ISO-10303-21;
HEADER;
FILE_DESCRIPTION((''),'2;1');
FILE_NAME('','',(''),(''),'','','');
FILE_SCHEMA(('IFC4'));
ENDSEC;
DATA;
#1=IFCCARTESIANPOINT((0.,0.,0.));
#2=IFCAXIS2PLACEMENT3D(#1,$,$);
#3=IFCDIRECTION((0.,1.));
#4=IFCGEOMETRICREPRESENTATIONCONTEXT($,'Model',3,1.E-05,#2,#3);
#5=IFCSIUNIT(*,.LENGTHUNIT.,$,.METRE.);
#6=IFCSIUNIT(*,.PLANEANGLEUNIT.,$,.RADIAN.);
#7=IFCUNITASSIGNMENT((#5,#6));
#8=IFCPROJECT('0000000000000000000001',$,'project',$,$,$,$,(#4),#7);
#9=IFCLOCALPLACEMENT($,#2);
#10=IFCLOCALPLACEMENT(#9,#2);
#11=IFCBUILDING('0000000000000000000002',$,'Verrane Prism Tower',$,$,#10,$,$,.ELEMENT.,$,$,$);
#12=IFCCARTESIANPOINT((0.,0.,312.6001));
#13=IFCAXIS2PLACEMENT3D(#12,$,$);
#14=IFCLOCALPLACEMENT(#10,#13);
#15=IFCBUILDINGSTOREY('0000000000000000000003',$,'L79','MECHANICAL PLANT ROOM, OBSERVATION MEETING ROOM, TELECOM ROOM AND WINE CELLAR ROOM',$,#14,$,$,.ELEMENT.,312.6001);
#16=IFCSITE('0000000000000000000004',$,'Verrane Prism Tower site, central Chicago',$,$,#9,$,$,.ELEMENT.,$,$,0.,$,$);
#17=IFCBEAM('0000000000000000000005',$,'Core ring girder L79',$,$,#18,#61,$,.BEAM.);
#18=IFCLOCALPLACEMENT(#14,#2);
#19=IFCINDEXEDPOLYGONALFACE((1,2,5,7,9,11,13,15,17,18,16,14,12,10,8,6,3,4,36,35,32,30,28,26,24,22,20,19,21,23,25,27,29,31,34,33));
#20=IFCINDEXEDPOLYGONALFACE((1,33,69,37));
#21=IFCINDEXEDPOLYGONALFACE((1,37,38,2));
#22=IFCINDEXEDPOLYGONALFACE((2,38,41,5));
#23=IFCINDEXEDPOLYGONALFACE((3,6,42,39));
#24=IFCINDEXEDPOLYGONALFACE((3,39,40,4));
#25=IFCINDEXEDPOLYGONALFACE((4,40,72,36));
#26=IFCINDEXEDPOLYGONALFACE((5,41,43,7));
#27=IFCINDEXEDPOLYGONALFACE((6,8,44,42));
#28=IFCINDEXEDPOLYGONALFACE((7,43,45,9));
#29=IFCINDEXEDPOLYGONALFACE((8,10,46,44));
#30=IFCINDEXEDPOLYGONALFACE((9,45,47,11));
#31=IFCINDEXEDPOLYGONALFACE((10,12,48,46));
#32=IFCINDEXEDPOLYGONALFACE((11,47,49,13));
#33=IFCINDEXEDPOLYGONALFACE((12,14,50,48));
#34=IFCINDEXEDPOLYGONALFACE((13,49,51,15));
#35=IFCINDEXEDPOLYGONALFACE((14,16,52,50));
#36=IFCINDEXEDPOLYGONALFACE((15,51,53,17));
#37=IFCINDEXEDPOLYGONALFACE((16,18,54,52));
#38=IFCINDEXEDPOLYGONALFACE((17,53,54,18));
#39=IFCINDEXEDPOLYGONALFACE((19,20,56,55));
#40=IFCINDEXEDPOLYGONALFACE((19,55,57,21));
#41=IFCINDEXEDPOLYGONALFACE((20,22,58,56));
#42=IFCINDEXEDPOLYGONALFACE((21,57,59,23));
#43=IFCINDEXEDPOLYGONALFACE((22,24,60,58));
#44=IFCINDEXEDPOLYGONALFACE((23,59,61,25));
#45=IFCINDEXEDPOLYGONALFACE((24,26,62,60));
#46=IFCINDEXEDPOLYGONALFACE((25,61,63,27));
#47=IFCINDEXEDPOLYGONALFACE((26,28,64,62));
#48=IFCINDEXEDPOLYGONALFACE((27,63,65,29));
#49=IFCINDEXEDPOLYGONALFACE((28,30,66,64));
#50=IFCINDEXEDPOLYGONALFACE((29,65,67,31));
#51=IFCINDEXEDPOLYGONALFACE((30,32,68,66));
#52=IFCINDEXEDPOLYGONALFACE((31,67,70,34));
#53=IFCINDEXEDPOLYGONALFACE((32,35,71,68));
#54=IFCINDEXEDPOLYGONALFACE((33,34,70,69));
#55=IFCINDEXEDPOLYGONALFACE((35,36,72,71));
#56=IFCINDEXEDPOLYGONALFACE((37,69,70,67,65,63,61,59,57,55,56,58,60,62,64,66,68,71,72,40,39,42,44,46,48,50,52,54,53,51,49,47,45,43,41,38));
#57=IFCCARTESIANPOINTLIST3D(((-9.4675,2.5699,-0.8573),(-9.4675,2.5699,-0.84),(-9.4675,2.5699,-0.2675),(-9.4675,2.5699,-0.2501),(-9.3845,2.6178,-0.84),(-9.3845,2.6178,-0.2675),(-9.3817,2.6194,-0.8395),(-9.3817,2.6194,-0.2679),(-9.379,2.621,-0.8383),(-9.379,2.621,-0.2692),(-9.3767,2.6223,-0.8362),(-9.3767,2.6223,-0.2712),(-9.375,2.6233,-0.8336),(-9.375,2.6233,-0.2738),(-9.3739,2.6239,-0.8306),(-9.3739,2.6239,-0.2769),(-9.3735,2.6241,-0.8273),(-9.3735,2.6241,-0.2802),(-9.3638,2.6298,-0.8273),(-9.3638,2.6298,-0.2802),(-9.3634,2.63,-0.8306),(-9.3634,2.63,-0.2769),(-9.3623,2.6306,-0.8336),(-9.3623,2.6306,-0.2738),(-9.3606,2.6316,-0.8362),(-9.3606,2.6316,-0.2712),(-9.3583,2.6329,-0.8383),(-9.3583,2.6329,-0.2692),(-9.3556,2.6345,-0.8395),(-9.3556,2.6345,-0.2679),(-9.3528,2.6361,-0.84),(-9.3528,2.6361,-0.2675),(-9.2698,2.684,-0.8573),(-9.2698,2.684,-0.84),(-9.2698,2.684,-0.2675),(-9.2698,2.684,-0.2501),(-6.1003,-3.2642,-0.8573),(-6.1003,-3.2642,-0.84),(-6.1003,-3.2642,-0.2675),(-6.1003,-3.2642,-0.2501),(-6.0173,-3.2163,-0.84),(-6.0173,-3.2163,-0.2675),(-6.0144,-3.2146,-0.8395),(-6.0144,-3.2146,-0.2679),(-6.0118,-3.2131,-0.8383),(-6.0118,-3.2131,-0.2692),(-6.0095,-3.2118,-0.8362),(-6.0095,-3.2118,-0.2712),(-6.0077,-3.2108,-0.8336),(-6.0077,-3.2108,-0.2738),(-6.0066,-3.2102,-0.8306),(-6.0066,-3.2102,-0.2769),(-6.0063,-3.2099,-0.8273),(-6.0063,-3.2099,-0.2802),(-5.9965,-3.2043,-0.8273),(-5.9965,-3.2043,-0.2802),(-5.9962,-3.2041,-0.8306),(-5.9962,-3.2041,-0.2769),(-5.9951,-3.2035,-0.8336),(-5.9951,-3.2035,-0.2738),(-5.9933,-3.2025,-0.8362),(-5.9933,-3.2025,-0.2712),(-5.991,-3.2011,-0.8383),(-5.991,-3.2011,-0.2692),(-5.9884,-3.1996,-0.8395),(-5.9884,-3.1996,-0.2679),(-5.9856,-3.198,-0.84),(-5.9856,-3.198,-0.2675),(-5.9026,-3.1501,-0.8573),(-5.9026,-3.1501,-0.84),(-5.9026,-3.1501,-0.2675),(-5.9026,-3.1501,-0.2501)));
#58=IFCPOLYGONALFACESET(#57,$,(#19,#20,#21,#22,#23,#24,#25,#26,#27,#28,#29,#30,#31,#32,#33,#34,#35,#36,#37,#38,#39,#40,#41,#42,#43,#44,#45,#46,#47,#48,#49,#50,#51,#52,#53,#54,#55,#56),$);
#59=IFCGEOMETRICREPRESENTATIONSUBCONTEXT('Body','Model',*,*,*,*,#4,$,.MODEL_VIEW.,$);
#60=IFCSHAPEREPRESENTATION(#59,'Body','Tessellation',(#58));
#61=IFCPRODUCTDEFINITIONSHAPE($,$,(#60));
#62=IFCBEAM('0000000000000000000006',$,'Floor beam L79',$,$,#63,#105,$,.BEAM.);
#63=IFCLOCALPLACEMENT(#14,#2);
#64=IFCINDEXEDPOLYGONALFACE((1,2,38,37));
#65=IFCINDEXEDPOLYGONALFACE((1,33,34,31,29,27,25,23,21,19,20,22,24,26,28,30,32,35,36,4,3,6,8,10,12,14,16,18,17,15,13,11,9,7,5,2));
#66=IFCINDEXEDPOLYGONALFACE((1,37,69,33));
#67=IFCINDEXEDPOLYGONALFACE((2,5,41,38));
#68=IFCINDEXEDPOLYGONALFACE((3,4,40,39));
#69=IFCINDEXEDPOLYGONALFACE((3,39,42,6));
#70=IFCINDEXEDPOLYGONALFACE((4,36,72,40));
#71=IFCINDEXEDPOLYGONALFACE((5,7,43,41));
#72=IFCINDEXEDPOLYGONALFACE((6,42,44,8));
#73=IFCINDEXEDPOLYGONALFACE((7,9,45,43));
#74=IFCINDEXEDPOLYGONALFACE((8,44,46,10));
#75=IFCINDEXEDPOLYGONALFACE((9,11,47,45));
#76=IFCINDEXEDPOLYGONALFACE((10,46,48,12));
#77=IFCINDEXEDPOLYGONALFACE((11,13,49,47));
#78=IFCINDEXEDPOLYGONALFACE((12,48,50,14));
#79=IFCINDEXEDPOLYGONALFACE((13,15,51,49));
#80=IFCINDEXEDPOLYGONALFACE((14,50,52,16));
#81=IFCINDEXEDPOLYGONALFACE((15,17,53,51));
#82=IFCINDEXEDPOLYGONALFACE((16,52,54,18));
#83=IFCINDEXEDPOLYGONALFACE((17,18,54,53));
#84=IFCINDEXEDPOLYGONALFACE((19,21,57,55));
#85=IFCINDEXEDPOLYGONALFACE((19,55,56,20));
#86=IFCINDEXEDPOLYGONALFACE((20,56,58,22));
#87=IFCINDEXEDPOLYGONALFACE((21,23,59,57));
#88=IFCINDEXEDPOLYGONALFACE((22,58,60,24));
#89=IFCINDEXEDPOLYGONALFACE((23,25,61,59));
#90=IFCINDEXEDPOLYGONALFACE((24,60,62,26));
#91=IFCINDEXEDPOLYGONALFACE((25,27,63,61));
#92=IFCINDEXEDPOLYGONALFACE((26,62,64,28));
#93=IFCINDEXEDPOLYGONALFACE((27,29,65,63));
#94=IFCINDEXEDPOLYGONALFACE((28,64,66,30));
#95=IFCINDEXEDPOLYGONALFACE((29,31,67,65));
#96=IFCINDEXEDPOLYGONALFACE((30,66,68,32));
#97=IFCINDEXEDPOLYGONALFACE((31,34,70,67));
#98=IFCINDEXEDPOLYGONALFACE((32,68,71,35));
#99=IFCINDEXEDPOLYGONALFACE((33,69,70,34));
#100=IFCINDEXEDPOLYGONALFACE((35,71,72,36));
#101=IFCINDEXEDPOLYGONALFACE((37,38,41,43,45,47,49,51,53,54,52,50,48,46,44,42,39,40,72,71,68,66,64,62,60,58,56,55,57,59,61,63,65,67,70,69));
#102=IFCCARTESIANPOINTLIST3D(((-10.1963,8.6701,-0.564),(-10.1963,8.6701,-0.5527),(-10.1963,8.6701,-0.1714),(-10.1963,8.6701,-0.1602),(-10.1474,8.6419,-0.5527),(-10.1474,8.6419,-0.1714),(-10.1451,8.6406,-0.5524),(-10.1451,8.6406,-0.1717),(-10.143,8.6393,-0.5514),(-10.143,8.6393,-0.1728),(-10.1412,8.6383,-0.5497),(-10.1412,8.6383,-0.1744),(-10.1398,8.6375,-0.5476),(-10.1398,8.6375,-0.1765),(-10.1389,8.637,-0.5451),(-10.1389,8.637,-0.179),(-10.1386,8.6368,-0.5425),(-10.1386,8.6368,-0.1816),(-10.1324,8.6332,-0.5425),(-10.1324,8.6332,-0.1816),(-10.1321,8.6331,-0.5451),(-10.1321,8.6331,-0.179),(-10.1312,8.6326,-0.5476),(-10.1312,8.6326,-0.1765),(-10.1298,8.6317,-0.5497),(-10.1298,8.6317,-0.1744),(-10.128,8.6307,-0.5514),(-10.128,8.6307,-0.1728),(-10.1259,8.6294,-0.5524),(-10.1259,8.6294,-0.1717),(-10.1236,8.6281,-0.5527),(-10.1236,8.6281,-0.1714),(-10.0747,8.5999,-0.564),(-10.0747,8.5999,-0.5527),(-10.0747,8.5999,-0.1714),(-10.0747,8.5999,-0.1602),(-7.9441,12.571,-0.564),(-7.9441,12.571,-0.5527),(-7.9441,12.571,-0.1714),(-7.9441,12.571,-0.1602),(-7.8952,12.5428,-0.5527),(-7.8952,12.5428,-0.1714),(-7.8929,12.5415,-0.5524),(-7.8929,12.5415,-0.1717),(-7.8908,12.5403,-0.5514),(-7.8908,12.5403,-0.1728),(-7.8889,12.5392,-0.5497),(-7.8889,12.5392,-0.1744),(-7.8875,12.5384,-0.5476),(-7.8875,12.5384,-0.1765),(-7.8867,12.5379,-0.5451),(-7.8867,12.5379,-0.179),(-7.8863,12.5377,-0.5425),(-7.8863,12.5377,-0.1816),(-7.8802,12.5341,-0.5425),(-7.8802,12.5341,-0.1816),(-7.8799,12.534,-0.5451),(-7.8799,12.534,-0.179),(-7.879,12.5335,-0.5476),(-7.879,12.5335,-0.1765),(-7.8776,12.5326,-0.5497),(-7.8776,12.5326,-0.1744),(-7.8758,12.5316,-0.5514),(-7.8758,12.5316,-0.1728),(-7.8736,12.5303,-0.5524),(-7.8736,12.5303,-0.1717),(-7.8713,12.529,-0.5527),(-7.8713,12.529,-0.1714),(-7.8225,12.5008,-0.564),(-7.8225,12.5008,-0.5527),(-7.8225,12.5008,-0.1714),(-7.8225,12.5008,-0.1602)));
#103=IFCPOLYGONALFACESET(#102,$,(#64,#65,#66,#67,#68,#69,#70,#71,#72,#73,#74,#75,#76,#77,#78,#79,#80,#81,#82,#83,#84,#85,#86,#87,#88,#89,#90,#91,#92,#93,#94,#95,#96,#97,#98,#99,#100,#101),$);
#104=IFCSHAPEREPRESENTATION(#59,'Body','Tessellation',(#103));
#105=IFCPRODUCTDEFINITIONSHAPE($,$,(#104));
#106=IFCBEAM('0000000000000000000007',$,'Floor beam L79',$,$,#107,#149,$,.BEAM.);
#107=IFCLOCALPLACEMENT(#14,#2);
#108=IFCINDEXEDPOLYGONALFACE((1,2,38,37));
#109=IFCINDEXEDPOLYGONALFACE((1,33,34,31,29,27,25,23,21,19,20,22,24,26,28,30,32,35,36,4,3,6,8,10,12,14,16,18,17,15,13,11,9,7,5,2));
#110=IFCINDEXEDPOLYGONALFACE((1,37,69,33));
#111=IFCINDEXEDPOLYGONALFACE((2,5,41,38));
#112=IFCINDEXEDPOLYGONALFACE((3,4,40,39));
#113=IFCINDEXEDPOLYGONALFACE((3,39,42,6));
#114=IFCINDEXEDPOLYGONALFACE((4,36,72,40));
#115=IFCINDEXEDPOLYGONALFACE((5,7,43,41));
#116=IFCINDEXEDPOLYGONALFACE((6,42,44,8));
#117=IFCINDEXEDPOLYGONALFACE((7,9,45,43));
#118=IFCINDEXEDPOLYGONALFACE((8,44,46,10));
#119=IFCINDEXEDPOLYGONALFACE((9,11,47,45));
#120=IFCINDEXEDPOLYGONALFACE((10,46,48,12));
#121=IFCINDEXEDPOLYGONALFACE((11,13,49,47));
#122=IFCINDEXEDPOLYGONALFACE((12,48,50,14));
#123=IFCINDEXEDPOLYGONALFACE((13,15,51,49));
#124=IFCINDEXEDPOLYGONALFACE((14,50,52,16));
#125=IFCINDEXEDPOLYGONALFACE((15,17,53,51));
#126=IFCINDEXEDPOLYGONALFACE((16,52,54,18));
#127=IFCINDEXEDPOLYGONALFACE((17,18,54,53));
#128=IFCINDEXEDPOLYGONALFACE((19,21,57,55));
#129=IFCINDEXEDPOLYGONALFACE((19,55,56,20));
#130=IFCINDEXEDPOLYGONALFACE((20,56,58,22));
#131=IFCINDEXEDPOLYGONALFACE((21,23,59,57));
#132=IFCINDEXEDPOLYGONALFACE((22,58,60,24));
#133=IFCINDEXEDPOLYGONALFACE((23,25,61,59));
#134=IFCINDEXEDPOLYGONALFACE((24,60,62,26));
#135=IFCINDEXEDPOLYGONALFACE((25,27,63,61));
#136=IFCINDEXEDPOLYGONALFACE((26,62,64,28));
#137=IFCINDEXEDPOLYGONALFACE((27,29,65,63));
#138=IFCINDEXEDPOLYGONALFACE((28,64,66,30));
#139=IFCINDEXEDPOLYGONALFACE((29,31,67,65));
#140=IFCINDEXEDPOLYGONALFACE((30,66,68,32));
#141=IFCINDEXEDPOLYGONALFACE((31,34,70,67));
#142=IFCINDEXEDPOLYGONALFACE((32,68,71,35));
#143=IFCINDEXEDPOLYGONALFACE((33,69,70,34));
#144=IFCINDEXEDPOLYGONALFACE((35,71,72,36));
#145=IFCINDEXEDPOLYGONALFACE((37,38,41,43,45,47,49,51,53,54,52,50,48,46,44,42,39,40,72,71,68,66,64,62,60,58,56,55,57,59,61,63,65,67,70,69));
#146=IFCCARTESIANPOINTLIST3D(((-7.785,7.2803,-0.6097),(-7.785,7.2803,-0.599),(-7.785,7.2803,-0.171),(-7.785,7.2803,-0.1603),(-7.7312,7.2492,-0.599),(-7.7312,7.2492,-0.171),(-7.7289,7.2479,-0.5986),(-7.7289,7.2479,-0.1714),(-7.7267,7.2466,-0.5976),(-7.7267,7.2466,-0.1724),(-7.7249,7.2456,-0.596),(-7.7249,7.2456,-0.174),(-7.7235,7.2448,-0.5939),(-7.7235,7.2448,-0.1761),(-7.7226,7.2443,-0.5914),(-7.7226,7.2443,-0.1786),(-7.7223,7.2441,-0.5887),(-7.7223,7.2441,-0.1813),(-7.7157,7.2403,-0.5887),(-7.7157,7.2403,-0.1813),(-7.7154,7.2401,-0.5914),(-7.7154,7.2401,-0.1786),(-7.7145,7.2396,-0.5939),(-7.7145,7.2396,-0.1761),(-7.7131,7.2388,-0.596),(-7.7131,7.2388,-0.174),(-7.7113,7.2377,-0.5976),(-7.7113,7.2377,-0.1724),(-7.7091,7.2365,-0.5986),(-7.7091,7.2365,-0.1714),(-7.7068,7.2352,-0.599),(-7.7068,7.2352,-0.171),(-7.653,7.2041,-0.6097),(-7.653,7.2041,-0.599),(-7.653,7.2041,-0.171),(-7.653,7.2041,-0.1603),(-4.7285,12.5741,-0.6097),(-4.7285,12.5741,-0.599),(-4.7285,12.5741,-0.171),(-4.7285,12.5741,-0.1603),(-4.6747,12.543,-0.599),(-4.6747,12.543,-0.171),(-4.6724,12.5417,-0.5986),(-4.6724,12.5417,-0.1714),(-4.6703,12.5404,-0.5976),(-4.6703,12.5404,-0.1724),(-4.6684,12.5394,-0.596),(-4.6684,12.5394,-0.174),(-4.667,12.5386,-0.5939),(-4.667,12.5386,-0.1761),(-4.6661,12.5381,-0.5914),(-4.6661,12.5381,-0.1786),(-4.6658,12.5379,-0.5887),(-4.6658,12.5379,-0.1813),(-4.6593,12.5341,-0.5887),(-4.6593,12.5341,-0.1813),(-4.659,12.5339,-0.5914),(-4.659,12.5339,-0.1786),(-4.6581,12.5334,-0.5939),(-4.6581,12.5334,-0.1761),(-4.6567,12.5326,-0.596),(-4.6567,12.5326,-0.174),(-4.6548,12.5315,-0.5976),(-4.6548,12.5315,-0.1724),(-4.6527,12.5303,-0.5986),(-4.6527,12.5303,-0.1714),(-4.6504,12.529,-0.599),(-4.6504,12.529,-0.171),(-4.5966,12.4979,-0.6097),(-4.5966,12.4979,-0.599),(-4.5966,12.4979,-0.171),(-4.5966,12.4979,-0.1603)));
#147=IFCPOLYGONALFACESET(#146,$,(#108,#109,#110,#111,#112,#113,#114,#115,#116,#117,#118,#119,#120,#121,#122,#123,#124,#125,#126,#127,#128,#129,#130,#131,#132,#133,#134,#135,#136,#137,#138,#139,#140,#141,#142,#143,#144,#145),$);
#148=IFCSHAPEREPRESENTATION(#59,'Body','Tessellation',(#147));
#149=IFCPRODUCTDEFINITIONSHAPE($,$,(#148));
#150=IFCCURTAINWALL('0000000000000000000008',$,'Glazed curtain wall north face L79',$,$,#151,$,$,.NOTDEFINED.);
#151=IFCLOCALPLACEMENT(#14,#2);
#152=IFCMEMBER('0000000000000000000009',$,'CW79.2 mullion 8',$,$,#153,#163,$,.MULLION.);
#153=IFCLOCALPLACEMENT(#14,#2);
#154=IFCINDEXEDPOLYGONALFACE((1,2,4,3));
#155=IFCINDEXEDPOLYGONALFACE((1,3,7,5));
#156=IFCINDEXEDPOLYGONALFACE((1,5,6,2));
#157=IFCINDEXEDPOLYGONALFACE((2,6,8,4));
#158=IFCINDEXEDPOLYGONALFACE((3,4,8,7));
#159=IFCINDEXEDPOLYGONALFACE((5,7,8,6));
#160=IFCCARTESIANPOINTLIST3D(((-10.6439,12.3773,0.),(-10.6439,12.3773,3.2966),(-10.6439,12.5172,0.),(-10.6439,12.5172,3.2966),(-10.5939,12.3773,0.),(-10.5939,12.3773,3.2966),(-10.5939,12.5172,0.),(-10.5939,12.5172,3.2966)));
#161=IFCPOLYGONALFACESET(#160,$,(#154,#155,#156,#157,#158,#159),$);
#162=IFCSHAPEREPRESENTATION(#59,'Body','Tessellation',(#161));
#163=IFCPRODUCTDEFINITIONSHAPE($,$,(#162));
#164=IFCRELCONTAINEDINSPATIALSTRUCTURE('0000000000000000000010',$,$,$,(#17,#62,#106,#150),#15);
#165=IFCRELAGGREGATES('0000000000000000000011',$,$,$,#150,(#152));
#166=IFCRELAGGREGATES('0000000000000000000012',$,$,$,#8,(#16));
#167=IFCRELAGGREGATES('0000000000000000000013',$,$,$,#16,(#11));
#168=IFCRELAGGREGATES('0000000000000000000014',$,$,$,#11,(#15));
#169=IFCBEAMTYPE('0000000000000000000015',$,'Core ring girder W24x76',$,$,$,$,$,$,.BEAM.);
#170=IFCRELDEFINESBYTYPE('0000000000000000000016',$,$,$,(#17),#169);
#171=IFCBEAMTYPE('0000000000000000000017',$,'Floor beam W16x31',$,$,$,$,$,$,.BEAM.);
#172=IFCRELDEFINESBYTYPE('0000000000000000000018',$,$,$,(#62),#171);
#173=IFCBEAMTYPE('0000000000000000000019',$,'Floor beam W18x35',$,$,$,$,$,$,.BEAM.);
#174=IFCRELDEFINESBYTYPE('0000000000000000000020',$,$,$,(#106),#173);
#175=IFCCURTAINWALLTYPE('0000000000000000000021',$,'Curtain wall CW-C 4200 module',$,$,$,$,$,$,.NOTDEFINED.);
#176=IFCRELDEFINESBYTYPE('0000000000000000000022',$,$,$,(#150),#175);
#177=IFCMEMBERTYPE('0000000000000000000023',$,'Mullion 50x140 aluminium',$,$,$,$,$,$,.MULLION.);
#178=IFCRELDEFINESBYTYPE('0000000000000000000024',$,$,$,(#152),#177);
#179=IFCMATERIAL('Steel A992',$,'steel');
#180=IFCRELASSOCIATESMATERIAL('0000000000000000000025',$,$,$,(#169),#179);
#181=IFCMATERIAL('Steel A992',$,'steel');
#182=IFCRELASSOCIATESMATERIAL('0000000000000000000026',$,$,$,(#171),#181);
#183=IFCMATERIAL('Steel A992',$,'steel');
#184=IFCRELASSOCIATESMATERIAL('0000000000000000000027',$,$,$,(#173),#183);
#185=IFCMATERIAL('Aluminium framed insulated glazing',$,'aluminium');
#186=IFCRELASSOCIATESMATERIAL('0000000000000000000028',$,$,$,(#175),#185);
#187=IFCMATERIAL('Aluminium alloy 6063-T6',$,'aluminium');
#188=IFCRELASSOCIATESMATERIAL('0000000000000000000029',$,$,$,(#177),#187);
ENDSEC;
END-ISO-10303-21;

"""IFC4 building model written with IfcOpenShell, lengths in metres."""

from ifc_helpers import new_model, si_unit, direction, frame, origin, origin_2d, place, context, subcontext, project, spatial, rectangle, i_section, extrude, material, material_profile, profile_set, type_object, element, aggregate, save


model = new_model("IFC4")

# Units and contexts
model_context = context("Model", 3, precision=1e-05, world=origin(), true_north=direction((0.0, 1.0)))
body_context = subcontext(model_context, "Body", "Model", "MODEL_VIEW")
ifc_project = project(units=[si_unit("LENGTHUNIT", "METRE"), si_unit("PLANEANGLEUNIT", "RADIAN")], contexts=[model_context])

# Site, building, storey
site_placement = place(None, origin())
site = spatial("IfcSite", under=ifc_project, at=site_placement, Name="Verrane Prism Tower site, central Chicago", CompositionType="ELEMENT", RefElevation=0.0)
building_placement = place(site_placement, origin())
building = spatial("IfcBuilding", under=site, at=building_placement, Name="Verrane Prism Tower", CompositionType="ELEMENT")
storey_placement = place(building_placement, frame((0.0, 0.0, 312.6001)))
storey = spatial("IfcBuildingStorey", under=building, at=storey_placement, Name="L79", Description="MECHANICAL PLANT ROOM, OBSERVATION MEETING ROOM, TELECOM ROOM AND WINE CELLAR ROOM", CompositionType="ELEMENT", Elevation=312.6001)

# Beams
ifc_material_1 = material(Name="Steel A992", Category="steel")
ifc_material_profile_1 = material_profile(ifc_material_1, i_section(OverallWidth=0.2283, OverallDepth=0.6072, WebThickness=0.0112, FlangeThickness=0.0173, FilletRadius=0.0127, at=origin_2d()), Name="W24x76")
ifc_profile_set_1 = profile_set([ifc_material_profile_1], Name="Steel A992")
beam_type_1 = type_object("IfcBeamType", Name="Core ring girder W24x76", PredefinedType="BEAM", material=ifc_profile_set_1)
beam_1_placement = place(storey_placement, frame((-9.3687, 2.627, -0.5537), z_axis=(0.499881, -0.866094, 0.0), x_axis=(0.866094, 0.499881, 0.0)))
element("IfcBeam", 1, at=beam_1_placement, inside=storey, type_object=beam_type_1, Name="Core ring girder L79", PredefinedType="BEAM", context=body_context, shape_type="SweptSolid", body=[
    extrude(i_section(OverallWidth=0.2283, OverallDepth=0.6072, WebThickness=0.0112, FlangeThickness=0.0173, FilletRadius=0.0127, at=origin_2d()), origin(), (0.0, 0.0, 1.0), 6.7361),
])
ifc_material_2 = material(Name="Steel A992", Category="steel")
ifc_material_profile_2 = material_profile(ifc_material_2, i_section(OverallWidth=0.1404, OverallDepth=0.4038, WebThickness=0.0071, FlangeThickness=0.0112, FilletRadius=0.0103, at=origin_2d()), Name="W16x31")
ifc_profile_set_2 = profile_set([ifc_material_profile_2], Name="Steel A992")
beam_type_2 = type_object("IfcBeamType", Name="Floor beam W16x31", PredefinedType="BEAM", material=ifc_profile_set_2)
beam_2_placement = place(storey_placement, frame((-10.1355, 8.635, -0.3621), z_axis=(0.500004, 0.866023, 0.0), x_axis=(-0.866023, 0.500004, 0.0)))
element("IfcBeam", 2, at=beam_2_placement, inside=storey, type_object=beam_type_2, Name="Floor beam L79", PredefinedType="BEAM", context=body_context, shape_type="SweptSolid", body=[
    extrude(i_section(OverallWidth=0.1404, OverallDepth=0.4038, WebThickness=0.0071, FlangeThickness=0.0112, FilletRadius=0.0103, at=origin_2d()), origin(), (0.0, 0.0, 1.0), 4.5044),
])
ifc_material_3 = material(Name="Steel A992", Category="steel")
ifc_material_profile_3 = material_profile(ifc_material_3, i_section(OverallWidth=0.1523, OverallDepth=0.4495, WebThickness=0.0076, FlangeThickness=0.0107, FilletRadius=0.0103, at=origin_2d()), Name="W18x35")
ifc_profile_set_3 = profile_set([ifc_material_profile_3], Name="Steel A992")
beam_type_3 = type_object("IfcBeamType", Name="Floor beam W18x35", PredefinedType="BEAM", material=ifc_profile_set_3)
beam_3_placement = place(storey_placement, frame((-7.719, 7.2422, -0.385), z_axis=(0.500009, 0.86602, 0.0), x_axis=(-0.86602, 0.500009, 0.0)))
element("IfcBeam", 3, at=beam_3_placement, inside=storey, type_object=beam_type_3, Name="Floor beam L79", PredefinedType="BEAM", context=body_context, shape_type="SweptSolid", body=[
    extrude(i_section(OverallWidth=0.1523, OverallDepth=0.4495, WebThickness=0.0076, FlangeThickness=0.0107, FilletRadius=0.0103, at=origin_2d()), origin(), (0.0, 0.0, 1.0), 6.1128),
])

# Curtain wall, member
ifc_material_4 = material(Name="Aluminium framed insulated glazing", Category="aluminium")
curtain_wall_type = type_object("IfcCurtainWallType", Name="Curtain wall CW-C 4200 module", PredefinedType="NOTDEFINED", material=ifc_material_4)
curtain_wall_placement = place(storey_placement, origin())
curtain_wall = element("IfcCurtainWall", 4, at=curtain_wall_placement, inside=storey, type_object=curtain_wall_type, Name="Glazed curtain wall north face L79", PredefinedType="NOTDEFINED")
ifc_material_5 = material(Name="Aluminium alloy 6063-T6", Category="aluminium")
ifc_material_profile_4 = material_profile(ifc_material_5, rectangle(XDim=0.1399, YDim=0.05, at=origin_2d()), Name="Mullion 50x140 aluminium")
ifc_profile_set_4 = profile_set([ifc_material_profile_4], Name="Aluminium alloy 6063-T6")
member_type_1 = type_object("IfcMemberType", Name="Mullion 50x140 aluminium", PredefinedType="MULLION", material=ifc_profile_set_4)
member_1_placement = place(storey_placement, frame((-10.6189, 12.4473, 0.0), z_axis=(0.0, 0.0, 1.0), x_axis=(0.0, -1.0, 0.0)))
member_1 = element("IfcMember", 5, at=member_1_placement, type_object=member_type_1, Name="CW79.2 mullion 8", PredefinedType="MULLION", context=body_context, shape_type="SweptSolid", body=[
    extrude(rectangle(XDim=0.1399, YDim=0.05, at=origin_2d()), origin(), (0.0, 0.0, 1.0), 3.2966),
])

aggregate(curtain_wall, [member_1])

save(model, "model.ifc")
